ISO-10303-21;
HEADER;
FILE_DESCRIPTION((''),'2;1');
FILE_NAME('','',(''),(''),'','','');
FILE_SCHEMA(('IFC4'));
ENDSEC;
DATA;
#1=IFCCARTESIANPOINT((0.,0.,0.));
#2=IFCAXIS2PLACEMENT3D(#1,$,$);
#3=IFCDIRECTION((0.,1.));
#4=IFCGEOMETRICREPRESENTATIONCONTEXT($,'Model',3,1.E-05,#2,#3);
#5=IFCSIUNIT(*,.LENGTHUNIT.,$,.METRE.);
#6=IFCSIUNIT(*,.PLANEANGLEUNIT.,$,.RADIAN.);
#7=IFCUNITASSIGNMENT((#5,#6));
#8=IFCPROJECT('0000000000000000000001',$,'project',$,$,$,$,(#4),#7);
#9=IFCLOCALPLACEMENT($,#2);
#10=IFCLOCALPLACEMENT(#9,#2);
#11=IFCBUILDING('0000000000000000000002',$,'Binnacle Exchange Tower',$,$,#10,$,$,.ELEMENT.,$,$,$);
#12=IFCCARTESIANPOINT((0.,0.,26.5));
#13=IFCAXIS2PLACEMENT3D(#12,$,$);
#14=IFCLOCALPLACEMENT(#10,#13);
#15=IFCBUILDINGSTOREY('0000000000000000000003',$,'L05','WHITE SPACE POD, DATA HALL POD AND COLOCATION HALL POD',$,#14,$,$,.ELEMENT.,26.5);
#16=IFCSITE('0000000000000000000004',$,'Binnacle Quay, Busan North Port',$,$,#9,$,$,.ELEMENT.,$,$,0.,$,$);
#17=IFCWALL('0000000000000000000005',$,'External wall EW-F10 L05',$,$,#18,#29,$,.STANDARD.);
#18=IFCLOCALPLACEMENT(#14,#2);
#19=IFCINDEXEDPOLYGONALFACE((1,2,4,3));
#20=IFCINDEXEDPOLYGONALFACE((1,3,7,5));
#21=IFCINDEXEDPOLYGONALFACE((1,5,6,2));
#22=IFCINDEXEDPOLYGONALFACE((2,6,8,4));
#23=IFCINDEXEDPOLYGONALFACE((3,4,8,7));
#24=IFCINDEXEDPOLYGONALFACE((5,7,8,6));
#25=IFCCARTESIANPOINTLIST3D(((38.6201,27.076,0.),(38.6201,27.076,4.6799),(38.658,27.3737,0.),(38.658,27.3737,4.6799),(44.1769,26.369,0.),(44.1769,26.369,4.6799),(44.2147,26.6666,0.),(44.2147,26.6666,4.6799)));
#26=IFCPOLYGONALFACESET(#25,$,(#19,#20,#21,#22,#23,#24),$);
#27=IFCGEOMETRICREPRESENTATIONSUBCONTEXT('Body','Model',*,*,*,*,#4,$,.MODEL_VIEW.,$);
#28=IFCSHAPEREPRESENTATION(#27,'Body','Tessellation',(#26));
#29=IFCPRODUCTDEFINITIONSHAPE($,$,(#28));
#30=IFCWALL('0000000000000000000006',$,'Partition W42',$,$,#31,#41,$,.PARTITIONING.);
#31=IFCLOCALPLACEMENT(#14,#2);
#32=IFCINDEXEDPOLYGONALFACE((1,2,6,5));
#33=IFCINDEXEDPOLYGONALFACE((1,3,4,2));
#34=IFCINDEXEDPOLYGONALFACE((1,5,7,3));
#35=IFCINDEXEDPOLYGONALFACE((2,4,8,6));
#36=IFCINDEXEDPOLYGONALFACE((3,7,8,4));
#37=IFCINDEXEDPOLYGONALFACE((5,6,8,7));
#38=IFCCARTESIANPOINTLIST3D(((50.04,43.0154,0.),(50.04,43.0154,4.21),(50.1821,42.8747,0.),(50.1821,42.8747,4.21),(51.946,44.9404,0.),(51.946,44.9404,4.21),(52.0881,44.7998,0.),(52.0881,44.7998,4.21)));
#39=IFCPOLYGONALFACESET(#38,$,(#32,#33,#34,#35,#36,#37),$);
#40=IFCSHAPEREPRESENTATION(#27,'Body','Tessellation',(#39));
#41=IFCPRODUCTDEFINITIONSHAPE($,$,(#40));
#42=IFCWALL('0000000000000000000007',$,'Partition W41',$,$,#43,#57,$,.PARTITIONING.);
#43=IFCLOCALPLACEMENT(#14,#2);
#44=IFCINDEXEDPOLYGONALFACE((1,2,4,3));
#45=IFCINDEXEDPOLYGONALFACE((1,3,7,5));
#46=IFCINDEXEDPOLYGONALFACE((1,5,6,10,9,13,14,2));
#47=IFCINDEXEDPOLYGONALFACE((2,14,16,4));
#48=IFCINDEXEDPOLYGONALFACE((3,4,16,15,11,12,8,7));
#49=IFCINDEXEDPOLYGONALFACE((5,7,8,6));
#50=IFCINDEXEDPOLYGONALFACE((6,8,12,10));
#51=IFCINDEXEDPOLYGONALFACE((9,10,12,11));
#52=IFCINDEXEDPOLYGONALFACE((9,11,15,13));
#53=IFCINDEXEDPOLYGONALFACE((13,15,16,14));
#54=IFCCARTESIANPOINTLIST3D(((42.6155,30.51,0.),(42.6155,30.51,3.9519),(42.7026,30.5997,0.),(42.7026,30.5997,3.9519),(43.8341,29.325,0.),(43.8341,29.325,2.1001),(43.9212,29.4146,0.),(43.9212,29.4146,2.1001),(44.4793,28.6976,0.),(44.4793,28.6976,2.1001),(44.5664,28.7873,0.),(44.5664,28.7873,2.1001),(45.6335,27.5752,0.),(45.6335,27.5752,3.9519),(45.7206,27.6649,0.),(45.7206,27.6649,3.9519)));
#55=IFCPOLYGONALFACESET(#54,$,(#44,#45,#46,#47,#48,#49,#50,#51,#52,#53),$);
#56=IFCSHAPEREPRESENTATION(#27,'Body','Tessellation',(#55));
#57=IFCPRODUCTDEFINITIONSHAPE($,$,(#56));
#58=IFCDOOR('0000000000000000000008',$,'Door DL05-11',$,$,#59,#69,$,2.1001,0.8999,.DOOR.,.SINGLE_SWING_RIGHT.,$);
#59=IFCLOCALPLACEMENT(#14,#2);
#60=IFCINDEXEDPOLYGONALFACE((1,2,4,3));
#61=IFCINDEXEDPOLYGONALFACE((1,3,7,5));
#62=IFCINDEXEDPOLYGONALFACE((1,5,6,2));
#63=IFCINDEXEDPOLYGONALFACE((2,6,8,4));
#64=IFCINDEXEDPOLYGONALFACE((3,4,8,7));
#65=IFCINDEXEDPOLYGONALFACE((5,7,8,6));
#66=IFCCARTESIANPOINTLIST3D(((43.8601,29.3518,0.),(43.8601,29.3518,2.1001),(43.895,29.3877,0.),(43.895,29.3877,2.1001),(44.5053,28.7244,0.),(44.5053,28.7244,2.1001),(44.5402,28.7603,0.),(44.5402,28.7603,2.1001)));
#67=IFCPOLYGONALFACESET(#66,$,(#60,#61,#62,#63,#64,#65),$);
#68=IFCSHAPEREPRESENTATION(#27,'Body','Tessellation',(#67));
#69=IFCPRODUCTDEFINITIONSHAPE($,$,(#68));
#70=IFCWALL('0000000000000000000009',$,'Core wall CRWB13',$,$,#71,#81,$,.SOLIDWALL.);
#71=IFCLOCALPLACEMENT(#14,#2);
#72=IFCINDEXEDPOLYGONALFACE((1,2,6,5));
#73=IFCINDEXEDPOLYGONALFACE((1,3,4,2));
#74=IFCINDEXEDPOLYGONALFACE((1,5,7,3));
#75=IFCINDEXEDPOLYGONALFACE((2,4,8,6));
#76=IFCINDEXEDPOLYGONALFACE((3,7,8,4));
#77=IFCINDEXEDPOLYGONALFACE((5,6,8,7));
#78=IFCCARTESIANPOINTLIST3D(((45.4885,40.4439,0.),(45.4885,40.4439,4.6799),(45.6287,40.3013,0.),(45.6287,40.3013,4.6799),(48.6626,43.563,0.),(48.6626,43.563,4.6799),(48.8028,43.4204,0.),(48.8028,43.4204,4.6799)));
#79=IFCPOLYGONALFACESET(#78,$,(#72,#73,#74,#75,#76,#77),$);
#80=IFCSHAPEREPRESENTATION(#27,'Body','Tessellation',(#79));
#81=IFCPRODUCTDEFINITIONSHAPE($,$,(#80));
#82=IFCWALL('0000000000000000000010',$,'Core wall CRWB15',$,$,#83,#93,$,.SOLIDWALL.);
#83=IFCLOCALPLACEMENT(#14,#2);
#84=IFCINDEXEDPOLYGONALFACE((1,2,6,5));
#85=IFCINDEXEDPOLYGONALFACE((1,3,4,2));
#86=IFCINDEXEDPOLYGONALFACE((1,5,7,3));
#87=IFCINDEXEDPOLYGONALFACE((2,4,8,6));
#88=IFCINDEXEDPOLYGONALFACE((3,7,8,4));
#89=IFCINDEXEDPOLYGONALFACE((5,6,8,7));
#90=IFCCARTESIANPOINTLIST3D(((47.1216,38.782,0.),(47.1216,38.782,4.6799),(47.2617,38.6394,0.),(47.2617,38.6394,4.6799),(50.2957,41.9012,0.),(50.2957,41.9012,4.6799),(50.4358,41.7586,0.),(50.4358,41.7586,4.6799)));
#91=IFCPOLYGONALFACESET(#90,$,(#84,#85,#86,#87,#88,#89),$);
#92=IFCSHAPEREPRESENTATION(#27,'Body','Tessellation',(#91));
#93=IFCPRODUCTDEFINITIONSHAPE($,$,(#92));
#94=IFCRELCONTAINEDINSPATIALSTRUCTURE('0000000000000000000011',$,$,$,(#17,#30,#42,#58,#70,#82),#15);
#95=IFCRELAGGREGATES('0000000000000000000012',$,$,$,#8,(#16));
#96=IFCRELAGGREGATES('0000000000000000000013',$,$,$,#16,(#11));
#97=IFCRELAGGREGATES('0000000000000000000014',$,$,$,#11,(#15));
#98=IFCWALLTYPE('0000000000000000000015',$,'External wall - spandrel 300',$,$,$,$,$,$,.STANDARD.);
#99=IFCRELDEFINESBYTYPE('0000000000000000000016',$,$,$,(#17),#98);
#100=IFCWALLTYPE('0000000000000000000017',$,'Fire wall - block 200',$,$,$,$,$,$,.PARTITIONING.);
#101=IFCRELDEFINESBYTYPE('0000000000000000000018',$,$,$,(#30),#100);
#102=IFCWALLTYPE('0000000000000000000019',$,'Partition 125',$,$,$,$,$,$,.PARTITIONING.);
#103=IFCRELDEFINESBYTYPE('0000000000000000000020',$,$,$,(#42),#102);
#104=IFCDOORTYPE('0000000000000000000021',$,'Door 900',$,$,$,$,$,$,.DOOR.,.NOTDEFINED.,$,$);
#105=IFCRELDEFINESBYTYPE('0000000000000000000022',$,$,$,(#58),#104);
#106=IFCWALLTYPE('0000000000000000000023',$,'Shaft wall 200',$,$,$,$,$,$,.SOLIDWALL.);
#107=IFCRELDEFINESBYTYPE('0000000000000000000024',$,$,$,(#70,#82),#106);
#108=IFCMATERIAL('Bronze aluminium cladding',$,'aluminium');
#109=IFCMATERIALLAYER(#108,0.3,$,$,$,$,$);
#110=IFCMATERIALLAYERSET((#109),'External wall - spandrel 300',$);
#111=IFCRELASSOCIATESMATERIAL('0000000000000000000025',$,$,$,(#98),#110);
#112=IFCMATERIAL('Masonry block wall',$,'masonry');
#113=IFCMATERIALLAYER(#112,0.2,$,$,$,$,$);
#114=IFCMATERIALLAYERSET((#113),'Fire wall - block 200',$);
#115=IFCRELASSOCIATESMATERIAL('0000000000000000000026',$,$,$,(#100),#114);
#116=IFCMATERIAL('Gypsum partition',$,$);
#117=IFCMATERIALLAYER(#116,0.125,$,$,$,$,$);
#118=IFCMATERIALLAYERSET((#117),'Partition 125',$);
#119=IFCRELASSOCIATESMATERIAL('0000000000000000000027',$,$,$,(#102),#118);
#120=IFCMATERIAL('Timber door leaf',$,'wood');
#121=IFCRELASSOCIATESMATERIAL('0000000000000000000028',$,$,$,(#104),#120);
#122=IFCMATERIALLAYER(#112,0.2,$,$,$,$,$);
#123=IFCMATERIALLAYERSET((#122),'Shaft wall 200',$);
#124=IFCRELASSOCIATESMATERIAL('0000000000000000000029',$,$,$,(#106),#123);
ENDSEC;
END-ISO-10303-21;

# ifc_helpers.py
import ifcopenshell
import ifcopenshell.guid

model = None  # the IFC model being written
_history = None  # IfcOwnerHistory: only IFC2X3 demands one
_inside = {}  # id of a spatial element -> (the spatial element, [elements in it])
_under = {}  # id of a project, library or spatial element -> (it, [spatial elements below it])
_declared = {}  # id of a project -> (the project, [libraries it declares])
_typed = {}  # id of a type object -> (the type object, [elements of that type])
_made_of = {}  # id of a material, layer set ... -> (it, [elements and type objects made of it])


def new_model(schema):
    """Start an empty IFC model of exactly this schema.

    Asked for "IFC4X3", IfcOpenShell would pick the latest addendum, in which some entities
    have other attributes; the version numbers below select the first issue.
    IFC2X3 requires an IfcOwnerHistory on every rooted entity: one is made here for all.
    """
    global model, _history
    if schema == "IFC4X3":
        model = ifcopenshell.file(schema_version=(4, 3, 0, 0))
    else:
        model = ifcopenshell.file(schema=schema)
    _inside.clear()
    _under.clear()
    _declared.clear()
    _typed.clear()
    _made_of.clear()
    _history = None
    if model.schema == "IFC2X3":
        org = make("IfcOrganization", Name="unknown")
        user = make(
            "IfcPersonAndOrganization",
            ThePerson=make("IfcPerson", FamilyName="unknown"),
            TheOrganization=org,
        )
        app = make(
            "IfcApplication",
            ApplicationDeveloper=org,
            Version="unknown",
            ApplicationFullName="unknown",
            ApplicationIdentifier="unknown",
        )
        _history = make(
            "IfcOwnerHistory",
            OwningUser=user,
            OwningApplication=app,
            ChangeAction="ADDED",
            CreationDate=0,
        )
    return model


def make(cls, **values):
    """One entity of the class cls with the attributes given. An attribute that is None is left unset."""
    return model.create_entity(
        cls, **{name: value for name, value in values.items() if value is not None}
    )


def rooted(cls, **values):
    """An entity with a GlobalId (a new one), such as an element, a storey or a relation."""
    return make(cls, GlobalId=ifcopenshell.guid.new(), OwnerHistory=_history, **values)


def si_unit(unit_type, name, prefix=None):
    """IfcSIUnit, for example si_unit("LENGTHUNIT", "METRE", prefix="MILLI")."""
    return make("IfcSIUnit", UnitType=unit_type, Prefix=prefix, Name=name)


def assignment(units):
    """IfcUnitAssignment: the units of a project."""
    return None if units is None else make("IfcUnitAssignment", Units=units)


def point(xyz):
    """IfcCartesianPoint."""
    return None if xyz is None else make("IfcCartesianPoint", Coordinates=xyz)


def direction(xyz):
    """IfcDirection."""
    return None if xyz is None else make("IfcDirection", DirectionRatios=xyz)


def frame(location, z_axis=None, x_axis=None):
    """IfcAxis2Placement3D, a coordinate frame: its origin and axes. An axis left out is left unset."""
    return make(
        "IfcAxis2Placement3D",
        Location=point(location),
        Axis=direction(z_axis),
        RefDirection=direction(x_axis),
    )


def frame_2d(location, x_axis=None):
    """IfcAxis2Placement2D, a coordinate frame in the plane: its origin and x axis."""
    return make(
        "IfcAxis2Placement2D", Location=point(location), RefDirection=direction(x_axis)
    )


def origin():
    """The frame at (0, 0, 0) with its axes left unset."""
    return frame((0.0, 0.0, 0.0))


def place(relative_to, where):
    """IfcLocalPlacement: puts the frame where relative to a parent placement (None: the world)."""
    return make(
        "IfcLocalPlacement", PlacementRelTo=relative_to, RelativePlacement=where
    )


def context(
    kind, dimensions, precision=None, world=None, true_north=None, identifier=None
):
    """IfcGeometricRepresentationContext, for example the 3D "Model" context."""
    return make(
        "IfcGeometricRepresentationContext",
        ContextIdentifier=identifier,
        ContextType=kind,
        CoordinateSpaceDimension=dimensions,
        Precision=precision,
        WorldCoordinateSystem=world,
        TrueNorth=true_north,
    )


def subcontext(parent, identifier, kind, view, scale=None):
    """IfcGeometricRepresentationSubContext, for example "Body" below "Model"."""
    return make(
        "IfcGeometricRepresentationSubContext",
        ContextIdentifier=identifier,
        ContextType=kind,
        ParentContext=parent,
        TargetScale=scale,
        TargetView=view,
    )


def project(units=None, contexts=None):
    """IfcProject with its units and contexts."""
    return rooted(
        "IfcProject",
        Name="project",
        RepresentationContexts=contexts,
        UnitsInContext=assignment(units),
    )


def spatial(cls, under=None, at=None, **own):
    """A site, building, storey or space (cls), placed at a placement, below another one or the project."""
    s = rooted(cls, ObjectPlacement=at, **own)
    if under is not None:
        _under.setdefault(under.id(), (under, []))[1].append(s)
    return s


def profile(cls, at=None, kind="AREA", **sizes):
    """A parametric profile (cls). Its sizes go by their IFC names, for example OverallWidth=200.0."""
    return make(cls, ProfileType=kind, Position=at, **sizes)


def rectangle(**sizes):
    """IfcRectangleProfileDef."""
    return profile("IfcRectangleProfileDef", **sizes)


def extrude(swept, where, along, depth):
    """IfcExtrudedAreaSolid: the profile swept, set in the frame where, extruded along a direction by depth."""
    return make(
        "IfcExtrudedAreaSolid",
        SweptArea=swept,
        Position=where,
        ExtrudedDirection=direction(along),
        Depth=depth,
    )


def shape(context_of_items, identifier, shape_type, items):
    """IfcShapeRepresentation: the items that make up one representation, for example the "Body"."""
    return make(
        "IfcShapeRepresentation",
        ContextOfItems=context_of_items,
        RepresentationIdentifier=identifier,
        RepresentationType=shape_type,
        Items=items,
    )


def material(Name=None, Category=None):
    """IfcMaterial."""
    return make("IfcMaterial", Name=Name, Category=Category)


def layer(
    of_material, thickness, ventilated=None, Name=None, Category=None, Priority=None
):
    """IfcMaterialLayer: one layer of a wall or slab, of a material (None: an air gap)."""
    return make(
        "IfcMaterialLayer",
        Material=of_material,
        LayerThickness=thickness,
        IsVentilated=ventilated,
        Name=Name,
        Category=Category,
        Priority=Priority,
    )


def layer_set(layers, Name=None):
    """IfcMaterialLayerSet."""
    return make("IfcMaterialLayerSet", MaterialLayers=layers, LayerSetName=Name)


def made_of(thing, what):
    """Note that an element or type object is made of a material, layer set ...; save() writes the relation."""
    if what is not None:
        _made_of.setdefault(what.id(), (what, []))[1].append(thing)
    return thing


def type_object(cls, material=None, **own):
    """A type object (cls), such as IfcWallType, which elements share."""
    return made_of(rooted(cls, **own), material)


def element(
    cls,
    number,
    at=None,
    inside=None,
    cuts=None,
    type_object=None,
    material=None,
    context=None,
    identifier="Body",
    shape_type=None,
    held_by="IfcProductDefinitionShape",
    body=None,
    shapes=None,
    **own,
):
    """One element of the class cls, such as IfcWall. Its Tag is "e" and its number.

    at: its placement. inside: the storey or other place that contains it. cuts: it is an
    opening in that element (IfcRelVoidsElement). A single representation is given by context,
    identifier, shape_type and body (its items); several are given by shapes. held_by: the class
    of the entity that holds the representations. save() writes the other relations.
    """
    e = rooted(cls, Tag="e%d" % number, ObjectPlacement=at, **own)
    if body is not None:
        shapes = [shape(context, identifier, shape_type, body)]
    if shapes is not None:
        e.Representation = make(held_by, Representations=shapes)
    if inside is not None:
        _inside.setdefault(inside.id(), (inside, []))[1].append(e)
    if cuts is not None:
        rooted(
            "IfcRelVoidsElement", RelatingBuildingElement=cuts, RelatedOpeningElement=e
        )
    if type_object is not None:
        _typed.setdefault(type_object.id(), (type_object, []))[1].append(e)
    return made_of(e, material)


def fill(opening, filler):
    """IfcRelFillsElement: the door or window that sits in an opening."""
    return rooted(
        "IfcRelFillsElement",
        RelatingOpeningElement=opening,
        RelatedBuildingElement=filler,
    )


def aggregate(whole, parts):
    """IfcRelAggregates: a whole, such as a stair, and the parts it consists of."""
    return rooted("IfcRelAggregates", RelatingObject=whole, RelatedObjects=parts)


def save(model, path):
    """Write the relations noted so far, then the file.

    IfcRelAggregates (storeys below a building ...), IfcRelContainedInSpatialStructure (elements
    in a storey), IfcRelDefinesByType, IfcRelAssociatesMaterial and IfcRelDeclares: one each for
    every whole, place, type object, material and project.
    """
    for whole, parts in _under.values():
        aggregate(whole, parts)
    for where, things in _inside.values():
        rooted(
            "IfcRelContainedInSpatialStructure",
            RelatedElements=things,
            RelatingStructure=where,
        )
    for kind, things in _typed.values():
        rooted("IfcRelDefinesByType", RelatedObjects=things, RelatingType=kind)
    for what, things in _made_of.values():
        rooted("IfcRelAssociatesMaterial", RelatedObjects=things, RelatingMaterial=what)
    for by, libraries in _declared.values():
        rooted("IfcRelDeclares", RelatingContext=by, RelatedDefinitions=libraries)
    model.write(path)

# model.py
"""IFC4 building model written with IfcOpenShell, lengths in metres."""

from ifc_helpers import new_model, si_unit, direction, frame, frame_2d, origin, place, context, subcontext, project, spatial, rectangle, extrude, material, layer, layer_set, type_object, element, fill, save


model = new_model("IFC4")

# Units and contexts
model_context = context("Model", 3, precision=1e-05, world=origin(), true_north=direction((0.0, 1.0)))
body_context = subcontext(model_context, "Body", "Model", "MODEL_VIEW")
ifc_project = project(units=[si_unit("LENGTHUNIT", "METRE"), si_unit("PLANEANGLEUNIT", "RADIAN")], contexts=[model_context])

# Site, building, storey
site_placement = place(None, origin())
site = spatial("IfcSite", under=ifc_project, at=site_placement, Name="Binnacle Quay, Busan North Port", CompositionType="ELEMENT", RefElevation=0.0)
building_placement = place(site_placement, origin())
building = spatial("IfcBuilding", under=site, at=building_placement, Name="Binnacle Exchange Tower", CompositionType="ELEMENT")
storey_placement = place(building_placement, frame((0.0, 0.0, 26.5)))
storey = spatial("IfcBuildingStorey", under=building, at=storey_placement, Name="L05", Description="WHITE SPACE POD, DATA HALL POD AND COLOCATION HALL POD", CompositionType="ELEMENT", Elevation=26.5)

# Walls
ifc_material_1 = material(Name="Bronze aluminium cladding", Category="aluminium")
ifc_layer_1 = layer(ifc_material_1, 0.3)
ifc_layer_set_1 = layer_set([ifc_layer_1], Name="External wall - spandrel 300")
wall_type_1 = type_object("IfcWallType", Name="External wall - spandrel 300", PredefinedType="STANDARD", material=ifc_layer_set_1)
wall_1_placement = place(storey_placement, frame((44.1958, 26.5178, 0.0), z_axis=(0.0, 0.0, 1.0), x_axis=(-0.992002, 0.126223, 0.0)))
element("IfcWall", 1, at=wall_1_placement, inside=storey, type_object=wall_type_1, Name="External wall EW-F10 L05", PredefinedType="STANDARD", context=body_context, shape_type="SweptSolid", body=[
    extrude(rectangle(XDim=5.6016, YDim=0.3, at=frame_2d((2.8008, 0.0))), origin(), (0.0, 0.0, 1.0), 4.6799),
])
ifc_material_2 = material(Name="Masonry block wall", Category="masonry")
ifc_layer_2 = layer(ifc_material_2, 0.2)
ifc_layer_set_2 = layer_set([ifc_layer_2], Name="Fire wall - block 200")
wall_type_2 = type_object("IfcWallType", Name="Fire wall - block 200", PredefinedType="PARTITIONING", material=ifc_layer_set_2)
wall_2_placement = place(storey_placement, frame((50.1111, 42.9451, 0.0), z_axis=(0.0, 0.0, 1.0), x_axis=(0.703583, 0.710613, 0.0)))
element("IfcWall", 2, at=wall_2_placement, inside=storey, type_object=wall_type_2, Name="Partition W42", PredefinedType="PARTITIONING", context=body_context, shape_type="SweptSolid", body=[
    extrude(rectangle(XDim=2.709, YDim=0.2, at=frame_2d((1.3545, 0.0))), origin(), (0.0, 0.0, 1.0), 4.21),
])

# Wall, opening, door
ifc_material_3 = material(Name="Gypsum partition")
ifc_layer_3 = layer(ifc_material_3, 0.125)
ifc_layer_set_3 = layer_set([ifc_layer_3], Name="Partition 125")
wall_type_3 = type_object("IfcWallType", Name="Partition 125", PredefinedType="PARTITIONING", material=ifc_layer_set_3)
wall_3_placement = place(storey_placement, frame((42.6589, 30.5549, 0.0), z_axis=(0.0, 0.0, 1.0), x_axis=(0.716926, -0.69715, 0.0)))
wall_3 = element("IfcWall", 3, at=wall_3_placement, inside=storey, type_object=wall_type_3, Name="Partition W41", PredefinedType="PARTITIONING", context=body_context, shape_type="SweptSolid", body=[
    extrude(rectangle(XDim=4.2097, YDim=0.125, at=frame_2d((2.105, 0.0))), origin(), (0.0, 0.0, 1.0), 3.9519),
])
opening_1_placement = place(wall_3_placement, frame((1.7, 0.0, 0.0)))
opening_1 = element("IfcOpeningElement", 4, at=opening_1_placement, cuts=wall_3, PredefinedType="OPENING", context=body_context, shape_type="SweptSolid", body=[
    extrude(rectangle(XDim=0.8999, YDim=2.1001, at=frame_2d((0.45, 1.05))), frame((0.0, 0.0725, 0.0), z_axis=(0.0, -1.0, 0.0), x_axis=(1.0, 0.0, 0.0)), (0.0, 0.0, 1.0), 0.145),
])
ifc_material_4 = material(Name="Timber door leaf", Category="wood")
door_type_1 = type_object("IfcDoorType", Name="Door 900", OperationType="NOTDEFINED", PredefinedType="DOOR", material=ifc_material_4)
door_1_placement = place(opening_1_placement, origin())
door_1 = element("IfcDoor", 5, at=door_1_placement, inside=storey, type_object=door_type_1, Name="Door DL05-11", OperationType="SINGLE_SWING_RIGHT", OverallHeight=2.1001, OverallWidth=0.8999, PredefinedType="DOOR", context=body_context, shape_type="SweptSolid", body=[
    extrude(rectangle(XDim=0.8999, YDim=2.1001, at=frame_2d((0.45, 1.05))), frame((0.0, 0.0249, 0.0), z_axis=(0.0, -1.0, 0.0), x_axis=(1.0, 0.0, 0.0)), (0.0, 0.0, 1.0), 0.05),
])
fill(opening_1, door_1)

# Walls
ifc_layer_4 = layer(ifc_material_2, 0.2)
ifc_layer_set_4 = layer_set([ifc_layer_4], Name="Shaft wall 200")
wall_type_4 = type_object("IfcWallType", Name="Shaft wall 200", PredefinedType="SOLIDWALL", material=ifc_layer_set_4)
for number, where, z_axis, x_axis, name in (
    (6, (45.5586, 40.3726, 0.0), (0.0, 0.0, 1.0), (0.713252, 0.700908, 0.0), "Core wall CRWB13"),
    (7, (47.1917, 38.7107, 0.0), (0.0, 0.0, 1.0), (0.713252, 0.700908, 0.0), "Core wall CRWB15"),
):
    element("IfcWall", number, at=place(storey_placement, frame(where, z_axis=z_axis, x_axis=x_axis)), inside=storey, type_object=wall_type_4, Name=name, PredefinedType="SOLIDWALL", context=body_context, shape_type="SweptSolid", body=[
        extrude(rectangle(XDim=4.4502, YDim=0.2, at=frame_2d((2.2251, 0.0))), origin(), (0.0, 0.0, 1.0), 4.6799),
    ])

save(model, "model.ifc")
